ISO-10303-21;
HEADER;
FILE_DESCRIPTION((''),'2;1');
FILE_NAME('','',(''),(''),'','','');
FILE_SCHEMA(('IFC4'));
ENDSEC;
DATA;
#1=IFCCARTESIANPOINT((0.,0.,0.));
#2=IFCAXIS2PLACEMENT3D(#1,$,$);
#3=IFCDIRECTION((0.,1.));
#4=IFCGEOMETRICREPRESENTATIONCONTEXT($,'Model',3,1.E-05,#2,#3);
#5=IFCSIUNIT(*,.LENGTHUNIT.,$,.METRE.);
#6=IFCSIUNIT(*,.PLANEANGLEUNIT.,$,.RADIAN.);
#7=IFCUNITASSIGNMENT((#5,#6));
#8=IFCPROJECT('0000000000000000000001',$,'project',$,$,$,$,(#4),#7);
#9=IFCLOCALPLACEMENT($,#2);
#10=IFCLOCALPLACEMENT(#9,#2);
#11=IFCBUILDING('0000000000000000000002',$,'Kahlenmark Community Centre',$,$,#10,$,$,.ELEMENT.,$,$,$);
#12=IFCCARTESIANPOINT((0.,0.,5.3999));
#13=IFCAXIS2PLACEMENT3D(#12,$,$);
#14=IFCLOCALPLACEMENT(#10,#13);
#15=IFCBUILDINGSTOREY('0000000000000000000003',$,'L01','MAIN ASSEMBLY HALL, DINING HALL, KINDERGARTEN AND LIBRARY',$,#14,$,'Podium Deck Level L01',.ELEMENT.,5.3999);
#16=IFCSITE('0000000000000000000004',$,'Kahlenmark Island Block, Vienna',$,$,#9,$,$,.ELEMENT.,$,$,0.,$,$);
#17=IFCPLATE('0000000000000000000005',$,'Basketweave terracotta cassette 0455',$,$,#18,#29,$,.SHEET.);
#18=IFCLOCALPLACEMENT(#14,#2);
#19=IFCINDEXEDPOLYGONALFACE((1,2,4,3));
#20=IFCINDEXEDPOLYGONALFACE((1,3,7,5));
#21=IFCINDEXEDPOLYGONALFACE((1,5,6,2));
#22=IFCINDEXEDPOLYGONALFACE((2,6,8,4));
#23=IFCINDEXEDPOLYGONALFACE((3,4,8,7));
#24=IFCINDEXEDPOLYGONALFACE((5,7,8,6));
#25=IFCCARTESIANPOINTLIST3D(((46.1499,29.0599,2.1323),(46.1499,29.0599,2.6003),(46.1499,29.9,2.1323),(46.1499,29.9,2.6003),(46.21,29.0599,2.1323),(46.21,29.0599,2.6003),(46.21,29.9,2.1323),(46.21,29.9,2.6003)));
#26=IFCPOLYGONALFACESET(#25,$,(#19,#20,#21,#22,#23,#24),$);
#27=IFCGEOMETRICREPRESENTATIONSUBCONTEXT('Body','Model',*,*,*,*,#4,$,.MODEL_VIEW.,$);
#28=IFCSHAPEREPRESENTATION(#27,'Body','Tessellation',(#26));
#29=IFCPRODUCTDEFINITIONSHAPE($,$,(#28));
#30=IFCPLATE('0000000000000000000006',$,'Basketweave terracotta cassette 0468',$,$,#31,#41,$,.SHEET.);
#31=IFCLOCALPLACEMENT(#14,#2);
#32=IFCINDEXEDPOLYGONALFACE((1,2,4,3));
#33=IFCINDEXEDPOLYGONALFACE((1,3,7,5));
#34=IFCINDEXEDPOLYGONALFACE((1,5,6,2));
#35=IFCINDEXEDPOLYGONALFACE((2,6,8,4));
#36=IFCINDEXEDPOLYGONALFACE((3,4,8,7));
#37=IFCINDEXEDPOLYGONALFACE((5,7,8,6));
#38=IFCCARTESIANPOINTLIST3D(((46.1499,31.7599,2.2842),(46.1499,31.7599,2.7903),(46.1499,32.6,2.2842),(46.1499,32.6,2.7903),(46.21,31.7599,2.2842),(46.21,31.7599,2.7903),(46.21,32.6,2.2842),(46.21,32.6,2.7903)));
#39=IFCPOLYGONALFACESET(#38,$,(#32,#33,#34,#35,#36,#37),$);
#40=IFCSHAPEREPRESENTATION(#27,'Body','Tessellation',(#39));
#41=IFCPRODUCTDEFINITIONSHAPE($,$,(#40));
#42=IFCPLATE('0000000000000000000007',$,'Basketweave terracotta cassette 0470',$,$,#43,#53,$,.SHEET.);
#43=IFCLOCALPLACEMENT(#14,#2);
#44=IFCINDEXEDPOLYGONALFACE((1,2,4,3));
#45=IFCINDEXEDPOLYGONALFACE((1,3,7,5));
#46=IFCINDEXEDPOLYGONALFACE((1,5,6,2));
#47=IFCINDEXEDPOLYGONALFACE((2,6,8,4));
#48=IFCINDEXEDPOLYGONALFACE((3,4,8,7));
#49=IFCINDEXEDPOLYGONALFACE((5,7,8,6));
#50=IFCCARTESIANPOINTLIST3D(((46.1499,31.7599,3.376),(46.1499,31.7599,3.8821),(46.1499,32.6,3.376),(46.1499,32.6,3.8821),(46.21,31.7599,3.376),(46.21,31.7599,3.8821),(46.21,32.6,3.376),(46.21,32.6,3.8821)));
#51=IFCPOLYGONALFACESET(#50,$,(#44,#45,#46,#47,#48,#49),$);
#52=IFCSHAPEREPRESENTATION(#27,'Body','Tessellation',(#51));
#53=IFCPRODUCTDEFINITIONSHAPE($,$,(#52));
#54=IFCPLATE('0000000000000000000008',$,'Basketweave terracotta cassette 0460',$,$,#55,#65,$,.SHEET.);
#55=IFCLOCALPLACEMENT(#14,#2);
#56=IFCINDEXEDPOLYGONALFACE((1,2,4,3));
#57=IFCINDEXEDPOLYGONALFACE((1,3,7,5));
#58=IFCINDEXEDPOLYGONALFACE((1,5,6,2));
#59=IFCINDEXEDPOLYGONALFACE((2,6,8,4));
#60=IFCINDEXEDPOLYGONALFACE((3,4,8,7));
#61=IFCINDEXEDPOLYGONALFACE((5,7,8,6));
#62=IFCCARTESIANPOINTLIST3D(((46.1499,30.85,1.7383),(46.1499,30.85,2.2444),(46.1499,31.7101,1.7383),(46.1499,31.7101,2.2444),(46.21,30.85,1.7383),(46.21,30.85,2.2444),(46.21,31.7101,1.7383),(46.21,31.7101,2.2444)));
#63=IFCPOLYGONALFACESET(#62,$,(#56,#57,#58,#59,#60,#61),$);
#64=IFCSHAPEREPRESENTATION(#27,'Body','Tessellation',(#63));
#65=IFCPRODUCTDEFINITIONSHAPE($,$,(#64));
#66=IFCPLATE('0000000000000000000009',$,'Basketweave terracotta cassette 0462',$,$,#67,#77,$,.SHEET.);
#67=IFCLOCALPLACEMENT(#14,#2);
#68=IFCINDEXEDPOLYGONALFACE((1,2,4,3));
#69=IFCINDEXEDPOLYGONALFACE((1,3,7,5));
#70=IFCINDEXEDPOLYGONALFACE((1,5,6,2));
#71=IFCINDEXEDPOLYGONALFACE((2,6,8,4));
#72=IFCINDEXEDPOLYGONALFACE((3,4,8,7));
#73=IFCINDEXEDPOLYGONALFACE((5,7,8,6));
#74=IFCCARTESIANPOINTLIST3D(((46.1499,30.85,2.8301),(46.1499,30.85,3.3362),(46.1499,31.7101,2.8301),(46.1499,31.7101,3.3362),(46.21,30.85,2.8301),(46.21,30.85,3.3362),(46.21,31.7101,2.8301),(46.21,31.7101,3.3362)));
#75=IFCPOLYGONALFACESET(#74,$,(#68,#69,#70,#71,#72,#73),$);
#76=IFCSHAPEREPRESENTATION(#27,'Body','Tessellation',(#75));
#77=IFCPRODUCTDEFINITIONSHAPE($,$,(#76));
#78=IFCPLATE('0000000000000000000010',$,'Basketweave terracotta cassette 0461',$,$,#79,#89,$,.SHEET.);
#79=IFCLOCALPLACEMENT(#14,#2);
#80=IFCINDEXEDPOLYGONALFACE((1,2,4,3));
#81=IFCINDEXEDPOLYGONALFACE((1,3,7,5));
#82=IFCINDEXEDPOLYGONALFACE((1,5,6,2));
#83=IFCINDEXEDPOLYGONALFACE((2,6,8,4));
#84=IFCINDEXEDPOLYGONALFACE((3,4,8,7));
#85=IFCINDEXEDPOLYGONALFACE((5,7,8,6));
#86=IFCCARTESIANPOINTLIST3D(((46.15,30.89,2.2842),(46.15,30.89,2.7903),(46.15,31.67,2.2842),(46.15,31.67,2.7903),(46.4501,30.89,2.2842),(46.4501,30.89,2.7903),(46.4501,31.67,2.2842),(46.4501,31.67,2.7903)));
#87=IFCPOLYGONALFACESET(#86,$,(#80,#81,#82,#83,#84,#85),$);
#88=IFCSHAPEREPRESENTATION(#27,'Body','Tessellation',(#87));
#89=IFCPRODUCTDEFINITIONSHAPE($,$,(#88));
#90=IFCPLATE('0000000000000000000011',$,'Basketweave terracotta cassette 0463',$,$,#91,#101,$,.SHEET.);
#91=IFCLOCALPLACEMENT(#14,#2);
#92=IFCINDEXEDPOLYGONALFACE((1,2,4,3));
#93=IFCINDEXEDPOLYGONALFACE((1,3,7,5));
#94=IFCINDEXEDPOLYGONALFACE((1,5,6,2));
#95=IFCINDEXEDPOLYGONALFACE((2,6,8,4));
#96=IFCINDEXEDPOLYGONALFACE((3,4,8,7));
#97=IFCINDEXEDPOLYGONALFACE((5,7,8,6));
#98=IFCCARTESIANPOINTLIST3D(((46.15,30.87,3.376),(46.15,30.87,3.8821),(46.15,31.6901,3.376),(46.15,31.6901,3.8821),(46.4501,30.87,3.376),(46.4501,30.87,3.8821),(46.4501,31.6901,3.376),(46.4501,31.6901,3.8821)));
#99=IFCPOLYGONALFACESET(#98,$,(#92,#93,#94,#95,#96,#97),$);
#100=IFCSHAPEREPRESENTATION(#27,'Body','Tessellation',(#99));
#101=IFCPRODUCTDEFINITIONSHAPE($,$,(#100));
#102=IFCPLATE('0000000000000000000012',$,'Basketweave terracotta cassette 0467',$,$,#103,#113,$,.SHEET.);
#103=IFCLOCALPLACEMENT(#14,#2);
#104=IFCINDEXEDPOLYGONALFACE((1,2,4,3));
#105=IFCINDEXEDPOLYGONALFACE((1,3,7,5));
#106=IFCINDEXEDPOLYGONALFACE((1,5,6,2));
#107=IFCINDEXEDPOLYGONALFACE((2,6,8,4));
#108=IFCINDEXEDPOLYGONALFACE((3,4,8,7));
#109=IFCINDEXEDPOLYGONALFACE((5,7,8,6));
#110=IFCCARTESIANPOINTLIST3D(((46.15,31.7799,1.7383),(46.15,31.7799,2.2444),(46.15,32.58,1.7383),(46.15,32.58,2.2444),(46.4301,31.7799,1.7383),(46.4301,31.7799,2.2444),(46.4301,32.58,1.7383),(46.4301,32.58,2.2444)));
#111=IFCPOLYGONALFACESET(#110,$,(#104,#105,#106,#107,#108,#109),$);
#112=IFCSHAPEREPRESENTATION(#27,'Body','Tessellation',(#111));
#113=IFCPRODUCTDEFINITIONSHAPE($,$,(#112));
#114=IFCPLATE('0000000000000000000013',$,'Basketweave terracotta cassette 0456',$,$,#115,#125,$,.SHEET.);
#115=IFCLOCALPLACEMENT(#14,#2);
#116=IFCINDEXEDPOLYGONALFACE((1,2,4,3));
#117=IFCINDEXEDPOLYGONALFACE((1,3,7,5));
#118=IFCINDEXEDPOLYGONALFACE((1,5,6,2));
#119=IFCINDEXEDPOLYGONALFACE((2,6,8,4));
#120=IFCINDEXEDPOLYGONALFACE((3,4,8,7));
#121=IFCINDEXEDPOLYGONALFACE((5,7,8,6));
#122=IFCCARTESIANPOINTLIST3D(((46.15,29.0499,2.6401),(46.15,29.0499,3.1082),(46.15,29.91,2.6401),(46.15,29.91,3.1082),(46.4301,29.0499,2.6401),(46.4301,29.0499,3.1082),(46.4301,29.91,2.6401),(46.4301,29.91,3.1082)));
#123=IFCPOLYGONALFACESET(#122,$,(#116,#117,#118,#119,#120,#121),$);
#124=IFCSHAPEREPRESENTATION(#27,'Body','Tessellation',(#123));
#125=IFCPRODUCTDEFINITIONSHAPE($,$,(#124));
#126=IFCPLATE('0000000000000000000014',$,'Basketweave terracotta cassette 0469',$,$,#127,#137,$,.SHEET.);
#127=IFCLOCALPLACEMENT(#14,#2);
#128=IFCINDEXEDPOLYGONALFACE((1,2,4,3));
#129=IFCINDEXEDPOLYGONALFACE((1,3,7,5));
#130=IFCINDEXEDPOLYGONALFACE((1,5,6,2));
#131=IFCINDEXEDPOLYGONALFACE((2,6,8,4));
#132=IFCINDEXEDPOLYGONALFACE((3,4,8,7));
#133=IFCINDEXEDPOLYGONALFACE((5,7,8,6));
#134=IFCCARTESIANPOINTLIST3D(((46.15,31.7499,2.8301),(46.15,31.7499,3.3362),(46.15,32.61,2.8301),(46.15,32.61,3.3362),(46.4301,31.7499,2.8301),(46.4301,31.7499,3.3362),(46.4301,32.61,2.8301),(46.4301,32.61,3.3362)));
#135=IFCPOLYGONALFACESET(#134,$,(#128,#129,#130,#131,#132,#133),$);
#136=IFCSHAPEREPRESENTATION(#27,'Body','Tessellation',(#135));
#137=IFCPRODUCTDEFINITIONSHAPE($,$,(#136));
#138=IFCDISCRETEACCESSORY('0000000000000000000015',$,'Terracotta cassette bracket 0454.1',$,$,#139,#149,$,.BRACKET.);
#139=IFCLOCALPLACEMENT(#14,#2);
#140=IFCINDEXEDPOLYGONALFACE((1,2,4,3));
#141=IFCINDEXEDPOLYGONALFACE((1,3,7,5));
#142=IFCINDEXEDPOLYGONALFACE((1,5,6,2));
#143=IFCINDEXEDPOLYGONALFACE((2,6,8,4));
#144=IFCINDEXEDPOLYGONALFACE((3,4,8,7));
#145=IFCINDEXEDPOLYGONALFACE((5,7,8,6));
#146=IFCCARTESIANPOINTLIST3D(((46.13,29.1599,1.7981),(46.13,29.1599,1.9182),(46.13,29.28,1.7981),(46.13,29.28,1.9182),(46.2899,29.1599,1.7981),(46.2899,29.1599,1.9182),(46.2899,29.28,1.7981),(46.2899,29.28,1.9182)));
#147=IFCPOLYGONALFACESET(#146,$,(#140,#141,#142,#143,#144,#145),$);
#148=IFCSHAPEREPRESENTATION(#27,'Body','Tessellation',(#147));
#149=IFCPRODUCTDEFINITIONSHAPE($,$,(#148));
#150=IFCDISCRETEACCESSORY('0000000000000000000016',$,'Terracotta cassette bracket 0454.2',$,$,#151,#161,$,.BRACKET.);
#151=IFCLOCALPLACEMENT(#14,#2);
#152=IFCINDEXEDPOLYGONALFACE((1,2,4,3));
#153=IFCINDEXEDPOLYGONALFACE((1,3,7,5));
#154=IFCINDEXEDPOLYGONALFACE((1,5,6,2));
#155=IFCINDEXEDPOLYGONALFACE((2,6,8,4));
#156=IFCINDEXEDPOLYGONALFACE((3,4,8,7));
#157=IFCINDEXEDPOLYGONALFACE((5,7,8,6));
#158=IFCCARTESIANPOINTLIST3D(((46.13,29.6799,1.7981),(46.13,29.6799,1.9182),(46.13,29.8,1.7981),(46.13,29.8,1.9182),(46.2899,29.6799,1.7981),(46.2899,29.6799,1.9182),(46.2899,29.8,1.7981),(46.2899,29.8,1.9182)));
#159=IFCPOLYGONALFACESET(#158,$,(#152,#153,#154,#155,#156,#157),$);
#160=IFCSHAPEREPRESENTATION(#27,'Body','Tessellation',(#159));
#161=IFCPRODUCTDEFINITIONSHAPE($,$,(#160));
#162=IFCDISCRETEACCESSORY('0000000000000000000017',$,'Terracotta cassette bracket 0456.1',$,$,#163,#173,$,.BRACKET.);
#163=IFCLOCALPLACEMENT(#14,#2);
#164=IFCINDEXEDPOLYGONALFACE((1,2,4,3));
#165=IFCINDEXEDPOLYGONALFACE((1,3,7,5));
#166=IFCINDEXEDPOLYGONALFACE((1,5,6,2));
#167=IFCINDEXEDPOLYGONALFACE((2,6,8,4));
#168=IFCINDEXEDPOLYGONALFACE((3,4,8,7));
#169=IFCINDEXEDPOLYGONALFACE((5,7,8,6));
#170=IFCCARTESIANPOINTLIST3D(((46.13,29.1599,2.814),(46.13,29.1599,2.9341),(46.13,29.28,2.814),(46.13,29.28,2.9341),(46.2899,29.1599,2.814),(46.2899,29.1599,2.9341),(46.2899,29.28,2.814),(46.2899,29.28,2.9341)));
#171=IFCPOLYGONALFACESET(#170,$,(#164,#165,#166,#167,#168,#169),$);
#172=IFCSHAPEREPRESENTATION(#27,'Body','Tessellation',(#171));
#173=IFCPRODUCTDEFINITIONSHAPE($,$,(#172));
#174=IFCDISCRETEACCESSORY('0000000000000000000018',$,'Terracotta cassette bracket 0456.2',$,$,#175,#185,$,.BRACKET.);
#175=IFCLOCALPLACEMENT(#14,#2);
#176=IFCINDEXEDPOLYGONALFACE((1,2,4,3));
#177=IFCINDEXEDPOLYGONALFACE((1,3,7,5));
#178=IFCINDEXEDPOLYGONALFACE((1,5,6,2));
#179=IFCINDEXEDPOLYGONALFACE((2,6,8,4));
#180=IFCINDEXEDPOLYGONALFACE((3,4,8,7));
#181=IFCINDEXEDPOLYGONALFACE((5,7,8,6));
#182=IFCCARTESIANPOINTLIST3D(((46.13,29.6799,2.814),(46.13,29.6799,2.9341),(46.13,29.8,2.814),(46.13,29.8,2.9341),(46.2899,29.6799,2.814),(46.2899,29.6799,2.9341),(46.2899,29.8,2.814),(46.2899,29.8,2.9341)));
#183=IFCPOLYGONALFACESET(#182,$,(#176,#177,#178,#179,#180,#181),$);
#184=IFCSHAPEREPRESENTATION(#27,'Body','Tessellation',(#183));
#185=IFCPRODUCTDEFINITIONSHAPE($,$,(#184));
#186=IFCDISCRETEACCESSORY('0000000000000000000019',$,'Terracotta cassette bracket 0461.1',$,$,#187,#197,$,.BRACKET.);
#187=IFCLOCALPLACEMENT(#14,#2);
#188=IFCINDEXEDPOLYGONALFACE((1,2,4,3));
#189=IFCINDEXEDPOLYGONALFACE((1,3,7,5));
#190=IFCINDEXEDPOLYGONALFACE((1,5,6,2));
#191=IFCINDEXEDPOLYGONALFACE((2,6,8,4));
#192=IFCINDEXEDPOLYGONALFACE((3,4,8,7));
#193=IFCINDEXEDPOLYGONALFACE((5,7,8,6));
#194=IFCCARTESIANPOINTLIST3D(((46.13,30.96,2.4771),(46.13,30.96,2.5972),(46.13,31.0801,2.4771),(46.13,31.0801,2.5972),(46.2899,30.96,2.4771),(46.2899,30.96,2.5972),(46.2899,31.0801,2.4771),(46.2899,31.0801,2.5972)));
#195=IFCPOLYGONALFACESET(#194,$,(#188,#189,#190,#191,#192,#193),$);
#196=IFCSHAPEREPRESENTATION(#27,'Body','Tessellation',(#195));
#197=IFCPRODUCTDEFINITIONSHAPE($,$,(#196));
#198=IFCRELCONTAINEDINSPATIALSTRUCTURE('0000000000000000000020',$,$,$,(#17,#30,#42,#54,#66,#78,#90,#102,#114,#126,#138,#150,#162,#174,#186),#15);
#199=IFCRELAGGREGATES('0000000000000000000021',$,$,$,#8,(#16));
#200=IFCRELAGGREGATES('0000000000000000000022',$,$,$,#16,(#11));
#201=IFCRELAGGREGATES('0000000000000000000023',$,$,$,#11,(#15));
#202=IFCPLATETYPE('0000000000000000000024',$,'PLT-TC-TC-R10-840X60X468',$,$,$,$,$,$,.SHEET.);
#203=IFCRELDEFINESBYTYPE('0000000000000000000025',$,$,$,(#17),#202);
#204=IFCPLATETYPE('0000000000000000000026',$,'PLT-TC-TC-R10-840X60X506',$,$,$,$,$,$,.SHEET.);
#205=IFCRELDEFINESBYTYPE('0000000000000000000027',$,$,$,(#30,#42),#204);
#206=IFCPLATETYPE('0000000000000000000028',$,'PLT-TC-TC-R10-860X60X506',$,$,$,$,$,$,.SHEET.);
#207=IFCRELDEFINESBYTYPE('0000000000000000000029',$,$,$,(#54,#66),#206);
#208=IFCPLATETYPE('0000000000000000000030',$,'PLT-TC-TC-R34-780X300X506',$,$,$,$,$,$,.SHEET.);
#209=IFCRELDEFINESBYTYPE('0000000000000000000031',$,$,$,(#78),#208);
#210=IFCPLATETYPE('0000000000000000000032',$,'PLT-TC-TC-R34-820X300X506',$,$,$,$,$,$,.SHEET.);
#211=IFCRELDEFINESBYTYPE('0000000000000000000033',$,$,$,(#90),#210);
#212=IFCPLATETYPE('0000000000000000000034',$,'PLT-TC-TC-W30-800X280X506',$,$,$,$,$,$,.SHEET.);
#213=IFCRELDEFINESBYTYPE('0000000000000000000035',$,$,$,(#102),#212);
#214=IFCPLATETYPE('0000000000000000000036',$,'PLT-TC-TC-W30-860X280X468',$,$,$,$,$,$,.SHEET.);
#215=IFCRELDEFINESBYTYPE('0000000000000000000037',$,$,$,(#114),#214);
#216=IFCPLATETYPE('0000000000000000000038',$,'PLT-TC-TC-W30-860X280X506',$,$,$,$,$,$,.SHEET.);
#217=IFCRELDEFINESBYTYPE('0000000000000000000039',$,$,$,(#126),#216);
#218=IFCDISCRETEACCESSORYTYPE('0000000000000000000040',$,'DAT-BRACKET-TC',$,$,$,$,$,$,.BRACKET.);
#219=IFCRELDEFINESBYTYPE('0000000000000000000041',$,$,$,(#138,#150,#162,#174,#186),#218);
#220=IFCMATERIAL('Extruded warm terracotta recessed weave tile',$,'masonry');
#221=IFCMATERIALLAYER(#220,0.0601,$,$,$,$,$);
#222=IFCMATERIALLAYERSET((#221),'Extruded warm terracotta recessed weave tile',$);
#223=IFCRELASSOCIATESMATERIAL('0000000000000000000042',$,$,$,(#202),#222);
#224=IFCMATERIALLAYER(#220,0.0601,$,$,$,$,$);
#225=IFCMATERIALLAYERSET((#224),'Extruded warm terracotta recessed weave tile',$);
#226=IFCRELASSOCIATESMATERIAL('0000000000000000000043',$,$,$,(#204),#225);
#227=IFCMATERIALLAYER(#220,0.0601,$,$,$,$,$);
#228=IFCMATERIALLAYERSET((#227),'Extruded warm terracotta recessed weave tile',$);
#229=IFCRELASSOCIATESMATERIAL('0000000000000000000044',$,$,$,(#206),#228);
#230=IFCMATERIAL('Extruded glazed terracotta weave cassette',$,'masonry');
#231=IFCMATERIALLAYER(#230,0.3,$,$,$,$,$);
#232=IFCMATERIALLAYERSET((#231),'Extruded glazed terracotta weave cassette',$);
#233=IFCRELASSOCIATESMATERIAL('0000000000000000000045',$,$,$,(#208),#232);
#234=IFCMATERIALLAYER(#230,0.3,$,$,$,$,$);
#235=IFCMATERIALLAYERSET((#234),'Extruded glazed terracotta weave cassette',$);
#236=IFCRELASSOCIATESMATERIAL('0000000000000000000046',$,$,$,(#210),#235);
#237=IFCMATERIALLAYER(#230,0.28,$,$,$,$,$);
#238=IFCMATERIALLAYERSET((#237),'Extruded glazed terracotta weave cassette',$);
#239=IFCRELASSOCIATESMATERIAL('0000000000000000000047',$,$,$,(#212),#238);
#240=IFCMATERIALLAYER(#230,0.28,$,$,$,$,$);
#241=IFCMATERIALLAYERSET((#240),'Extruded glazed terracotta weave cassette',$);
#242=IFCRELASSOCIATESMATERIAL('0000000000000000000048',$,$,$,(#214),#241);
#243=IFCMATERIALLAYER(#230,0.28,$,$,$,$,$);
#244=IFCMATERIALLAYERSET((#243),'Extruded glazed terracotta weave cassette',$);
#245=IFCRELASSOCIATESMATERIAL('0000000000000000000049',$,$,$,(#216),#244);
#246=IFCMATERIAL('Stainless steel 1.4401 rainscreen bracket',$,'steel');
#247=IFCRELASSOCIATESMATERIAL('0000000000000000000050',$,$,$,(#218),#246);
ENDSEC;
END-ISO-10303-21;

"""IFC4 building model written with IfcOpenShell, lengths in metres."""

from ifc_helpers import new_model, si_unit, direction, frame, origin, origin_2d, place, context, subcontext, project, spatial, rectangle, extrude, material, layer, layer_set, type_object, element, save


model = new_model("IFC4")

# Units and contexts
model_context = context("Model", 3, precision=1e-05, world=origin(), true_north=direction((0.0, 1.0)))
body_context = subcontext(model_context, "Body", "Model", "MODEL_VIEW")
ifc_project = project(units=[si_unit("LENGTHUNIT", "METRE"), si_unit("PLANEANGLEUNIT", "RADIAN")], contexts=[model_context])

# Site, building, storey
site_placement = place(None, origin())
site = spatial("IfcSite", under=ifc_project, at=site_placement, Name="Kahlenmark Island Block, Vienna", CompositionType="ELEMENT", RefElevation=0.0)
building_placement = place(site_placement, origin())
building = spatial("IfcBuilding", under=site, at=building_placement, Name="Kahlenmark Community Centre", CompositionType="ELEMENT")
storey_placement = place(building_placement, frame((0.0, 0.0, 5.3999)))
storey = spatial("IfcBuildingStorey", under=building, at=storey_placement, Name="L01", Description="MAIN ASSEMBLY HALL, DINING HALL, KINDERGARTEN AND LIBRARY", LongName="Podium Deck Level L01", CompositionType="ELEMENT", Elevation=5.3999)

# Plates
ifc_material_1 = material(Name="Extruded warm terracotta recessed weave tile", Category="masonry")
ifc_layer_1 = layer(ifc_material_1, 0.0601)
ifc_layer_set_1 = layer_set([ifc_layer_1], Name="Extruded warm terracotta recessed weave tile")
plate_type_1 = type_object("IfcPlateType", Name="PLT-TC-TC-R10-840X60X468", PredefinedType="SHEET", material=ifc_layer_set_1)
plate_1_placement = place(storey_placement, frame((46.1799, 29.48, 2.1323), z_axis=(0.0, 0.0, 1.0), x_axis=(0.0, 1.0, 0.0)))
element("IfcPlate", 1, at=plate_1_placement, inside=storey, type_object=plate_type_1, Name="Basketweave terracotta cassette 0455", PredefinedType="SHEET", context=body_context, shape_type="SweptSolid", body=[
    extrude(rectangle(XDim=0.8401, YDim=0.0601, at=origin_2d()), origin(), (0.0, 0.0, 1.0), 0.468),
])
ifc_layer_2 = layer(ifc_material_1, 0.0601)
ifc_layer_set_2 = layer_set([ifc_layer_2], Name="Extruded warm terracotta recessed weave tile")
plate_type_2 = type_object("IfcPlateType", Name="PLT-TC-TC-R10-840X60X506", PredefinedType="SHEET", material=ifc_layer_set_2)
for number, where, z_axis, x_axis, name in (
    (2, (46.1799, 32.1799, 2.2842), (0.0, 0.0, 1.0), (0.0, 1.0, 0.0), "Basketweave terracotta cassette 0468"),
    (3, (46.1799, 32.1799, 3.376), (0.0, 0.0, 1.0), (0.0, 1.0, 0.0), "Basketweave terracotta cassette 0470"),
):
    element("IfcPlate", number, at=place(storey_placement, frame(where, z_axis=z_axis, x_axis=x_axis)), inside=storey, type_object=plate_type_2, Name=name, PredefinedType="SHEET", context=body_context, shape_type="SweptSolid", body=[
        extrude(rectangle(XDim=0.8401, YDim=0.0601, at=origin_2d()), origin(), (0.0, 0.0, 1.0), 0.5061),
    ])
ifc_layer_3 = layer(ifc_material_1, 0.0601)
ifc_layer_set_3 = layer_set([ifc_layer_3], Name="Extruded warm terracotta recessed weave tile")
plate_type_3 = type_object("IfcPlateType", Name="PLT-TC-TC-R10-860X60X506", PredefinedType="SHEET", material=ifc_layer_set_3)
for number, where, z_axis, x_axis, name in (
    (4, (46.1799, 31.28, 1.7383), (0.0, 0.0, 1.0), (0.0, 1.0, 0.0), "Basketweave terracotta cassette 0460"),
    (5, (46.1799, 31.28, 2.8301), (0.0, 0.0, 1.0), (0.0, 1.0, 0.0), "Basketweave terracotta cassette 0462"),
):
    element("IfcPlate", number, at=place(storey_placement, frame(where, z_axis=z_axis, x_axis=x_axis)), inside=storey, type_object=plate_type_3, Name=name, PredefinedType="SHEET", context=body_context, shape_type="SweptSolid", body=[
        extrude(rectangle(XDim=0.8601, YDim=0.0601, at=origin_2d()), origin(), (0.0, 0.0, 1.0), 0.5061),
    ])
ifc_material_2 = material(Name="Extruded glazed terracotta weave cassette", Category="masonry")
ifc_layer_4 = layer(ifc_material_2, 0.3)
ifc_layer_set_4 = layer_set([ifc_layer_4], Name="Extruded glazed terracotta weave cassette")
plate_type_4 = type_object("IfcPlateType", Name="PLT-TC-TC-R34-780X300X506", PredefinedType="SHEET", material=ifc_layer_set_4)
plate_2_placement = place(storey_placement, frame((46.3, 31.28, 2.2842), z_axis=(0.0, 0.0, 1.0), x_axis=(0.0, 1.0, 0.0)))
element("IfcPlate", 6, at=plate_2_placement, inside=storey, type_object=plate_type_4, Name="Basketweave terracotta cassette 0461", PredefinedType="SHEET", context=body_context, shape_type="SweptSolid", body=[
    extrude(rectangle(XDim=0.78, YDim=0.3, at=origin_2d()), origin(), (0.0, 0.0, 1.0), 0.5061),
])
ifc_layer_5 = layer(ifc_material_2, 0.3)
ifc_layer_set_5 = layer_set([ifc_layer_5], Name="Extruded glazed terracotta weave cassette")
plate_type_5 = type_object("IfcPlateType", Name="PLT-TC-TC-R34-820X300X506", PredefinedType="SHEET", material=ifc_layer_set_5)
plate_3_placement = place(storey_placement, frame((46.3, 31.28, 3.376), z_axis=(0.0, 0.0, 1.0), x_axis=(0.0, 1.0, 0.0)))
element("IfcPlate", 7, at=plate_3_placement, inside=storey, type_object=plate_type_5, Name="Basketweave terracotta cassette 0463", PredefinedType="SHEET", context=body_context, shape_type="SweptSolid", body=[
    extrude(rectangle(XDim=0.8201, YDim=0.3, at=origin_2d()), origin(), (0.0, 0.0, 1.0), 0.5061),
])
ifc_layer_6 = layer(ifc_material_2, 0.28)
ifc_layer_set_6 = layer_set([ifc_layer_6], Name="Extruded glazed terracotta weave cassette")
plate_type_6 = type_object("IfcPlateType", Name="PLT-TC-TC-W30-800X280X506", PredefinedType="SHEET", material=ifc_layer_set_6)
plate_4_placement = place(storey_placement, frame((46.29, 32.1799, 1.7383), z_axis=(0.0, 0.0, 1.0), x_axis=(0.0, 1.0, 0.0)))
element("IfcPlate", 8, at=plate_4_placement, inside=storey, type_object=plate_type_6, Name="Basketweave terracotta cassette 0467", PredefinedType="SHEET", context=body_context, shape_type="SweptSolid", body=[
    extrude(rectangle(XDim=0.8, YDim=0.28, at=origin_2d()), origin(), (0.0, 0.0, 1.0), 0.5061),
])
ifc_layer_7 = layer(ifc_material_2, 0.28)
ifc_layer_set_7 = layer_set([ifc_layer_7], Name="Extruded glazed terracotta weave cassette")
plate_type_7 = type_object("IfcPlateType", Name="PLT-TC-TC-W30-860X280X468", PredefinedType="SHEET", material=ifc_layer_set_7)
plate_5_placement = place(storey_placement, frame((46.29, 29.48, 2.6401), z_axis=(0.0, 0.0, 1.0), x_axis=(0.0, 1.0, 0.0)))
element("IfcPlate", 9, at=plate_5_placement, inside=storey, type_object=plate_type_7, Name="Basketweave terracotta cassette 0456", PredefinedType="SHEET", context=body_context, shape_type="SweptSolid", body=[
    extrude(rectangle(XDim=0.8601, YDim=0.28, at=origin_2d()), origin(), (0.0, 0.0, 1.0), 0.468),
])
ifc_layer_8 = layer(ifc_material_2, 0.28)
ifc_layer_set_8 = layer_set([ifc_layer_8], Name="Extruded glazed terracotta weave cassette")
plate_type_8 = type_object("IfcPlateType", Name="PLT-TC-TC-W30-860X280X506", PredefinedType="SHEET", material=ifc_layer_set_8)
plate_6_placement = place(storey_placement, frame((46.29, 32.1799, 2.8301), z_axis=(0.0, 0.0, 1.0), x_axis=(0.0, 1.0, 0.0)))
element("IfcPlate", 10, at=plate_6_placement, inside=storey, type_object=plate_type_8, Name="Basketweave terracotta cassette 0469", PredefinedType="SHEET", context=body_context, shape_type="SweptSolid", body=[
    extrude(rectangle(XDim=0.8601, YDim=0.28, at=origin_2d()), origin(), (0.0, 0.0, 1.0), 0.5061),
])

# Discrete accessories
ifc_material_3 = material(Name="Stainless steel 1.4401 rainscreen bracket", Category="steel")
discrete_accessory_type = type_object("IfcDiscreteAccessoryType", Name="DAT-BRACKET-TC", PredefinedType="BRACKET", material=ifc_material_3)
for number, where, z_axis, x_axis, name in (
    (11, (46.21, 29.22, 1.7981), (0.0, 0.0, 1.0), (0.0, 1.0, 0.0), "Terracotta cassette bracket 0454.1"),
    (12, (46.21, 29.74, 1.7981), (0.0, 0.0, 1.0), (0.0, 1.0, 0.0), "Terracotta cassette bracket 0454.2"),
    (13, (46.21, 29.22, 2.814), (0.0, 0.0, 1.0), (0.0, 1.0, 0.0), "Terracotta cassette bracket 0456.1"),
    (14, (46.21, 29.74, 2.814), (0.0, 0.0, 1.0), (0.0, 1.0, 0.0), "Terracotta cassette bracket 0456.2"),
    (15, (46.21, 31.02, 2.4771), (0.0, 0.0, 1.0), (0.0, 1.0, 0.0), "Terracotta cassette bracket 0461.1"),
):
    element("IfcDiscreteAccessory", number, at=place(storey_placement, frame(where, z_axis=z_axis, x_axis=x_axis)), inside=storey, type_object=discrete_accessory_type, Name=name, PredefinedType="BRACKET", context=body_context, shape_type="SweptSolid", body=[
        extrude(rectangle(XDim=0.1201, YDim=0.1599, at=origin_2d()), origin(), (0.0, 0.0, 1.0), 0.1201),
    ])

save(model, "model.ifc")
